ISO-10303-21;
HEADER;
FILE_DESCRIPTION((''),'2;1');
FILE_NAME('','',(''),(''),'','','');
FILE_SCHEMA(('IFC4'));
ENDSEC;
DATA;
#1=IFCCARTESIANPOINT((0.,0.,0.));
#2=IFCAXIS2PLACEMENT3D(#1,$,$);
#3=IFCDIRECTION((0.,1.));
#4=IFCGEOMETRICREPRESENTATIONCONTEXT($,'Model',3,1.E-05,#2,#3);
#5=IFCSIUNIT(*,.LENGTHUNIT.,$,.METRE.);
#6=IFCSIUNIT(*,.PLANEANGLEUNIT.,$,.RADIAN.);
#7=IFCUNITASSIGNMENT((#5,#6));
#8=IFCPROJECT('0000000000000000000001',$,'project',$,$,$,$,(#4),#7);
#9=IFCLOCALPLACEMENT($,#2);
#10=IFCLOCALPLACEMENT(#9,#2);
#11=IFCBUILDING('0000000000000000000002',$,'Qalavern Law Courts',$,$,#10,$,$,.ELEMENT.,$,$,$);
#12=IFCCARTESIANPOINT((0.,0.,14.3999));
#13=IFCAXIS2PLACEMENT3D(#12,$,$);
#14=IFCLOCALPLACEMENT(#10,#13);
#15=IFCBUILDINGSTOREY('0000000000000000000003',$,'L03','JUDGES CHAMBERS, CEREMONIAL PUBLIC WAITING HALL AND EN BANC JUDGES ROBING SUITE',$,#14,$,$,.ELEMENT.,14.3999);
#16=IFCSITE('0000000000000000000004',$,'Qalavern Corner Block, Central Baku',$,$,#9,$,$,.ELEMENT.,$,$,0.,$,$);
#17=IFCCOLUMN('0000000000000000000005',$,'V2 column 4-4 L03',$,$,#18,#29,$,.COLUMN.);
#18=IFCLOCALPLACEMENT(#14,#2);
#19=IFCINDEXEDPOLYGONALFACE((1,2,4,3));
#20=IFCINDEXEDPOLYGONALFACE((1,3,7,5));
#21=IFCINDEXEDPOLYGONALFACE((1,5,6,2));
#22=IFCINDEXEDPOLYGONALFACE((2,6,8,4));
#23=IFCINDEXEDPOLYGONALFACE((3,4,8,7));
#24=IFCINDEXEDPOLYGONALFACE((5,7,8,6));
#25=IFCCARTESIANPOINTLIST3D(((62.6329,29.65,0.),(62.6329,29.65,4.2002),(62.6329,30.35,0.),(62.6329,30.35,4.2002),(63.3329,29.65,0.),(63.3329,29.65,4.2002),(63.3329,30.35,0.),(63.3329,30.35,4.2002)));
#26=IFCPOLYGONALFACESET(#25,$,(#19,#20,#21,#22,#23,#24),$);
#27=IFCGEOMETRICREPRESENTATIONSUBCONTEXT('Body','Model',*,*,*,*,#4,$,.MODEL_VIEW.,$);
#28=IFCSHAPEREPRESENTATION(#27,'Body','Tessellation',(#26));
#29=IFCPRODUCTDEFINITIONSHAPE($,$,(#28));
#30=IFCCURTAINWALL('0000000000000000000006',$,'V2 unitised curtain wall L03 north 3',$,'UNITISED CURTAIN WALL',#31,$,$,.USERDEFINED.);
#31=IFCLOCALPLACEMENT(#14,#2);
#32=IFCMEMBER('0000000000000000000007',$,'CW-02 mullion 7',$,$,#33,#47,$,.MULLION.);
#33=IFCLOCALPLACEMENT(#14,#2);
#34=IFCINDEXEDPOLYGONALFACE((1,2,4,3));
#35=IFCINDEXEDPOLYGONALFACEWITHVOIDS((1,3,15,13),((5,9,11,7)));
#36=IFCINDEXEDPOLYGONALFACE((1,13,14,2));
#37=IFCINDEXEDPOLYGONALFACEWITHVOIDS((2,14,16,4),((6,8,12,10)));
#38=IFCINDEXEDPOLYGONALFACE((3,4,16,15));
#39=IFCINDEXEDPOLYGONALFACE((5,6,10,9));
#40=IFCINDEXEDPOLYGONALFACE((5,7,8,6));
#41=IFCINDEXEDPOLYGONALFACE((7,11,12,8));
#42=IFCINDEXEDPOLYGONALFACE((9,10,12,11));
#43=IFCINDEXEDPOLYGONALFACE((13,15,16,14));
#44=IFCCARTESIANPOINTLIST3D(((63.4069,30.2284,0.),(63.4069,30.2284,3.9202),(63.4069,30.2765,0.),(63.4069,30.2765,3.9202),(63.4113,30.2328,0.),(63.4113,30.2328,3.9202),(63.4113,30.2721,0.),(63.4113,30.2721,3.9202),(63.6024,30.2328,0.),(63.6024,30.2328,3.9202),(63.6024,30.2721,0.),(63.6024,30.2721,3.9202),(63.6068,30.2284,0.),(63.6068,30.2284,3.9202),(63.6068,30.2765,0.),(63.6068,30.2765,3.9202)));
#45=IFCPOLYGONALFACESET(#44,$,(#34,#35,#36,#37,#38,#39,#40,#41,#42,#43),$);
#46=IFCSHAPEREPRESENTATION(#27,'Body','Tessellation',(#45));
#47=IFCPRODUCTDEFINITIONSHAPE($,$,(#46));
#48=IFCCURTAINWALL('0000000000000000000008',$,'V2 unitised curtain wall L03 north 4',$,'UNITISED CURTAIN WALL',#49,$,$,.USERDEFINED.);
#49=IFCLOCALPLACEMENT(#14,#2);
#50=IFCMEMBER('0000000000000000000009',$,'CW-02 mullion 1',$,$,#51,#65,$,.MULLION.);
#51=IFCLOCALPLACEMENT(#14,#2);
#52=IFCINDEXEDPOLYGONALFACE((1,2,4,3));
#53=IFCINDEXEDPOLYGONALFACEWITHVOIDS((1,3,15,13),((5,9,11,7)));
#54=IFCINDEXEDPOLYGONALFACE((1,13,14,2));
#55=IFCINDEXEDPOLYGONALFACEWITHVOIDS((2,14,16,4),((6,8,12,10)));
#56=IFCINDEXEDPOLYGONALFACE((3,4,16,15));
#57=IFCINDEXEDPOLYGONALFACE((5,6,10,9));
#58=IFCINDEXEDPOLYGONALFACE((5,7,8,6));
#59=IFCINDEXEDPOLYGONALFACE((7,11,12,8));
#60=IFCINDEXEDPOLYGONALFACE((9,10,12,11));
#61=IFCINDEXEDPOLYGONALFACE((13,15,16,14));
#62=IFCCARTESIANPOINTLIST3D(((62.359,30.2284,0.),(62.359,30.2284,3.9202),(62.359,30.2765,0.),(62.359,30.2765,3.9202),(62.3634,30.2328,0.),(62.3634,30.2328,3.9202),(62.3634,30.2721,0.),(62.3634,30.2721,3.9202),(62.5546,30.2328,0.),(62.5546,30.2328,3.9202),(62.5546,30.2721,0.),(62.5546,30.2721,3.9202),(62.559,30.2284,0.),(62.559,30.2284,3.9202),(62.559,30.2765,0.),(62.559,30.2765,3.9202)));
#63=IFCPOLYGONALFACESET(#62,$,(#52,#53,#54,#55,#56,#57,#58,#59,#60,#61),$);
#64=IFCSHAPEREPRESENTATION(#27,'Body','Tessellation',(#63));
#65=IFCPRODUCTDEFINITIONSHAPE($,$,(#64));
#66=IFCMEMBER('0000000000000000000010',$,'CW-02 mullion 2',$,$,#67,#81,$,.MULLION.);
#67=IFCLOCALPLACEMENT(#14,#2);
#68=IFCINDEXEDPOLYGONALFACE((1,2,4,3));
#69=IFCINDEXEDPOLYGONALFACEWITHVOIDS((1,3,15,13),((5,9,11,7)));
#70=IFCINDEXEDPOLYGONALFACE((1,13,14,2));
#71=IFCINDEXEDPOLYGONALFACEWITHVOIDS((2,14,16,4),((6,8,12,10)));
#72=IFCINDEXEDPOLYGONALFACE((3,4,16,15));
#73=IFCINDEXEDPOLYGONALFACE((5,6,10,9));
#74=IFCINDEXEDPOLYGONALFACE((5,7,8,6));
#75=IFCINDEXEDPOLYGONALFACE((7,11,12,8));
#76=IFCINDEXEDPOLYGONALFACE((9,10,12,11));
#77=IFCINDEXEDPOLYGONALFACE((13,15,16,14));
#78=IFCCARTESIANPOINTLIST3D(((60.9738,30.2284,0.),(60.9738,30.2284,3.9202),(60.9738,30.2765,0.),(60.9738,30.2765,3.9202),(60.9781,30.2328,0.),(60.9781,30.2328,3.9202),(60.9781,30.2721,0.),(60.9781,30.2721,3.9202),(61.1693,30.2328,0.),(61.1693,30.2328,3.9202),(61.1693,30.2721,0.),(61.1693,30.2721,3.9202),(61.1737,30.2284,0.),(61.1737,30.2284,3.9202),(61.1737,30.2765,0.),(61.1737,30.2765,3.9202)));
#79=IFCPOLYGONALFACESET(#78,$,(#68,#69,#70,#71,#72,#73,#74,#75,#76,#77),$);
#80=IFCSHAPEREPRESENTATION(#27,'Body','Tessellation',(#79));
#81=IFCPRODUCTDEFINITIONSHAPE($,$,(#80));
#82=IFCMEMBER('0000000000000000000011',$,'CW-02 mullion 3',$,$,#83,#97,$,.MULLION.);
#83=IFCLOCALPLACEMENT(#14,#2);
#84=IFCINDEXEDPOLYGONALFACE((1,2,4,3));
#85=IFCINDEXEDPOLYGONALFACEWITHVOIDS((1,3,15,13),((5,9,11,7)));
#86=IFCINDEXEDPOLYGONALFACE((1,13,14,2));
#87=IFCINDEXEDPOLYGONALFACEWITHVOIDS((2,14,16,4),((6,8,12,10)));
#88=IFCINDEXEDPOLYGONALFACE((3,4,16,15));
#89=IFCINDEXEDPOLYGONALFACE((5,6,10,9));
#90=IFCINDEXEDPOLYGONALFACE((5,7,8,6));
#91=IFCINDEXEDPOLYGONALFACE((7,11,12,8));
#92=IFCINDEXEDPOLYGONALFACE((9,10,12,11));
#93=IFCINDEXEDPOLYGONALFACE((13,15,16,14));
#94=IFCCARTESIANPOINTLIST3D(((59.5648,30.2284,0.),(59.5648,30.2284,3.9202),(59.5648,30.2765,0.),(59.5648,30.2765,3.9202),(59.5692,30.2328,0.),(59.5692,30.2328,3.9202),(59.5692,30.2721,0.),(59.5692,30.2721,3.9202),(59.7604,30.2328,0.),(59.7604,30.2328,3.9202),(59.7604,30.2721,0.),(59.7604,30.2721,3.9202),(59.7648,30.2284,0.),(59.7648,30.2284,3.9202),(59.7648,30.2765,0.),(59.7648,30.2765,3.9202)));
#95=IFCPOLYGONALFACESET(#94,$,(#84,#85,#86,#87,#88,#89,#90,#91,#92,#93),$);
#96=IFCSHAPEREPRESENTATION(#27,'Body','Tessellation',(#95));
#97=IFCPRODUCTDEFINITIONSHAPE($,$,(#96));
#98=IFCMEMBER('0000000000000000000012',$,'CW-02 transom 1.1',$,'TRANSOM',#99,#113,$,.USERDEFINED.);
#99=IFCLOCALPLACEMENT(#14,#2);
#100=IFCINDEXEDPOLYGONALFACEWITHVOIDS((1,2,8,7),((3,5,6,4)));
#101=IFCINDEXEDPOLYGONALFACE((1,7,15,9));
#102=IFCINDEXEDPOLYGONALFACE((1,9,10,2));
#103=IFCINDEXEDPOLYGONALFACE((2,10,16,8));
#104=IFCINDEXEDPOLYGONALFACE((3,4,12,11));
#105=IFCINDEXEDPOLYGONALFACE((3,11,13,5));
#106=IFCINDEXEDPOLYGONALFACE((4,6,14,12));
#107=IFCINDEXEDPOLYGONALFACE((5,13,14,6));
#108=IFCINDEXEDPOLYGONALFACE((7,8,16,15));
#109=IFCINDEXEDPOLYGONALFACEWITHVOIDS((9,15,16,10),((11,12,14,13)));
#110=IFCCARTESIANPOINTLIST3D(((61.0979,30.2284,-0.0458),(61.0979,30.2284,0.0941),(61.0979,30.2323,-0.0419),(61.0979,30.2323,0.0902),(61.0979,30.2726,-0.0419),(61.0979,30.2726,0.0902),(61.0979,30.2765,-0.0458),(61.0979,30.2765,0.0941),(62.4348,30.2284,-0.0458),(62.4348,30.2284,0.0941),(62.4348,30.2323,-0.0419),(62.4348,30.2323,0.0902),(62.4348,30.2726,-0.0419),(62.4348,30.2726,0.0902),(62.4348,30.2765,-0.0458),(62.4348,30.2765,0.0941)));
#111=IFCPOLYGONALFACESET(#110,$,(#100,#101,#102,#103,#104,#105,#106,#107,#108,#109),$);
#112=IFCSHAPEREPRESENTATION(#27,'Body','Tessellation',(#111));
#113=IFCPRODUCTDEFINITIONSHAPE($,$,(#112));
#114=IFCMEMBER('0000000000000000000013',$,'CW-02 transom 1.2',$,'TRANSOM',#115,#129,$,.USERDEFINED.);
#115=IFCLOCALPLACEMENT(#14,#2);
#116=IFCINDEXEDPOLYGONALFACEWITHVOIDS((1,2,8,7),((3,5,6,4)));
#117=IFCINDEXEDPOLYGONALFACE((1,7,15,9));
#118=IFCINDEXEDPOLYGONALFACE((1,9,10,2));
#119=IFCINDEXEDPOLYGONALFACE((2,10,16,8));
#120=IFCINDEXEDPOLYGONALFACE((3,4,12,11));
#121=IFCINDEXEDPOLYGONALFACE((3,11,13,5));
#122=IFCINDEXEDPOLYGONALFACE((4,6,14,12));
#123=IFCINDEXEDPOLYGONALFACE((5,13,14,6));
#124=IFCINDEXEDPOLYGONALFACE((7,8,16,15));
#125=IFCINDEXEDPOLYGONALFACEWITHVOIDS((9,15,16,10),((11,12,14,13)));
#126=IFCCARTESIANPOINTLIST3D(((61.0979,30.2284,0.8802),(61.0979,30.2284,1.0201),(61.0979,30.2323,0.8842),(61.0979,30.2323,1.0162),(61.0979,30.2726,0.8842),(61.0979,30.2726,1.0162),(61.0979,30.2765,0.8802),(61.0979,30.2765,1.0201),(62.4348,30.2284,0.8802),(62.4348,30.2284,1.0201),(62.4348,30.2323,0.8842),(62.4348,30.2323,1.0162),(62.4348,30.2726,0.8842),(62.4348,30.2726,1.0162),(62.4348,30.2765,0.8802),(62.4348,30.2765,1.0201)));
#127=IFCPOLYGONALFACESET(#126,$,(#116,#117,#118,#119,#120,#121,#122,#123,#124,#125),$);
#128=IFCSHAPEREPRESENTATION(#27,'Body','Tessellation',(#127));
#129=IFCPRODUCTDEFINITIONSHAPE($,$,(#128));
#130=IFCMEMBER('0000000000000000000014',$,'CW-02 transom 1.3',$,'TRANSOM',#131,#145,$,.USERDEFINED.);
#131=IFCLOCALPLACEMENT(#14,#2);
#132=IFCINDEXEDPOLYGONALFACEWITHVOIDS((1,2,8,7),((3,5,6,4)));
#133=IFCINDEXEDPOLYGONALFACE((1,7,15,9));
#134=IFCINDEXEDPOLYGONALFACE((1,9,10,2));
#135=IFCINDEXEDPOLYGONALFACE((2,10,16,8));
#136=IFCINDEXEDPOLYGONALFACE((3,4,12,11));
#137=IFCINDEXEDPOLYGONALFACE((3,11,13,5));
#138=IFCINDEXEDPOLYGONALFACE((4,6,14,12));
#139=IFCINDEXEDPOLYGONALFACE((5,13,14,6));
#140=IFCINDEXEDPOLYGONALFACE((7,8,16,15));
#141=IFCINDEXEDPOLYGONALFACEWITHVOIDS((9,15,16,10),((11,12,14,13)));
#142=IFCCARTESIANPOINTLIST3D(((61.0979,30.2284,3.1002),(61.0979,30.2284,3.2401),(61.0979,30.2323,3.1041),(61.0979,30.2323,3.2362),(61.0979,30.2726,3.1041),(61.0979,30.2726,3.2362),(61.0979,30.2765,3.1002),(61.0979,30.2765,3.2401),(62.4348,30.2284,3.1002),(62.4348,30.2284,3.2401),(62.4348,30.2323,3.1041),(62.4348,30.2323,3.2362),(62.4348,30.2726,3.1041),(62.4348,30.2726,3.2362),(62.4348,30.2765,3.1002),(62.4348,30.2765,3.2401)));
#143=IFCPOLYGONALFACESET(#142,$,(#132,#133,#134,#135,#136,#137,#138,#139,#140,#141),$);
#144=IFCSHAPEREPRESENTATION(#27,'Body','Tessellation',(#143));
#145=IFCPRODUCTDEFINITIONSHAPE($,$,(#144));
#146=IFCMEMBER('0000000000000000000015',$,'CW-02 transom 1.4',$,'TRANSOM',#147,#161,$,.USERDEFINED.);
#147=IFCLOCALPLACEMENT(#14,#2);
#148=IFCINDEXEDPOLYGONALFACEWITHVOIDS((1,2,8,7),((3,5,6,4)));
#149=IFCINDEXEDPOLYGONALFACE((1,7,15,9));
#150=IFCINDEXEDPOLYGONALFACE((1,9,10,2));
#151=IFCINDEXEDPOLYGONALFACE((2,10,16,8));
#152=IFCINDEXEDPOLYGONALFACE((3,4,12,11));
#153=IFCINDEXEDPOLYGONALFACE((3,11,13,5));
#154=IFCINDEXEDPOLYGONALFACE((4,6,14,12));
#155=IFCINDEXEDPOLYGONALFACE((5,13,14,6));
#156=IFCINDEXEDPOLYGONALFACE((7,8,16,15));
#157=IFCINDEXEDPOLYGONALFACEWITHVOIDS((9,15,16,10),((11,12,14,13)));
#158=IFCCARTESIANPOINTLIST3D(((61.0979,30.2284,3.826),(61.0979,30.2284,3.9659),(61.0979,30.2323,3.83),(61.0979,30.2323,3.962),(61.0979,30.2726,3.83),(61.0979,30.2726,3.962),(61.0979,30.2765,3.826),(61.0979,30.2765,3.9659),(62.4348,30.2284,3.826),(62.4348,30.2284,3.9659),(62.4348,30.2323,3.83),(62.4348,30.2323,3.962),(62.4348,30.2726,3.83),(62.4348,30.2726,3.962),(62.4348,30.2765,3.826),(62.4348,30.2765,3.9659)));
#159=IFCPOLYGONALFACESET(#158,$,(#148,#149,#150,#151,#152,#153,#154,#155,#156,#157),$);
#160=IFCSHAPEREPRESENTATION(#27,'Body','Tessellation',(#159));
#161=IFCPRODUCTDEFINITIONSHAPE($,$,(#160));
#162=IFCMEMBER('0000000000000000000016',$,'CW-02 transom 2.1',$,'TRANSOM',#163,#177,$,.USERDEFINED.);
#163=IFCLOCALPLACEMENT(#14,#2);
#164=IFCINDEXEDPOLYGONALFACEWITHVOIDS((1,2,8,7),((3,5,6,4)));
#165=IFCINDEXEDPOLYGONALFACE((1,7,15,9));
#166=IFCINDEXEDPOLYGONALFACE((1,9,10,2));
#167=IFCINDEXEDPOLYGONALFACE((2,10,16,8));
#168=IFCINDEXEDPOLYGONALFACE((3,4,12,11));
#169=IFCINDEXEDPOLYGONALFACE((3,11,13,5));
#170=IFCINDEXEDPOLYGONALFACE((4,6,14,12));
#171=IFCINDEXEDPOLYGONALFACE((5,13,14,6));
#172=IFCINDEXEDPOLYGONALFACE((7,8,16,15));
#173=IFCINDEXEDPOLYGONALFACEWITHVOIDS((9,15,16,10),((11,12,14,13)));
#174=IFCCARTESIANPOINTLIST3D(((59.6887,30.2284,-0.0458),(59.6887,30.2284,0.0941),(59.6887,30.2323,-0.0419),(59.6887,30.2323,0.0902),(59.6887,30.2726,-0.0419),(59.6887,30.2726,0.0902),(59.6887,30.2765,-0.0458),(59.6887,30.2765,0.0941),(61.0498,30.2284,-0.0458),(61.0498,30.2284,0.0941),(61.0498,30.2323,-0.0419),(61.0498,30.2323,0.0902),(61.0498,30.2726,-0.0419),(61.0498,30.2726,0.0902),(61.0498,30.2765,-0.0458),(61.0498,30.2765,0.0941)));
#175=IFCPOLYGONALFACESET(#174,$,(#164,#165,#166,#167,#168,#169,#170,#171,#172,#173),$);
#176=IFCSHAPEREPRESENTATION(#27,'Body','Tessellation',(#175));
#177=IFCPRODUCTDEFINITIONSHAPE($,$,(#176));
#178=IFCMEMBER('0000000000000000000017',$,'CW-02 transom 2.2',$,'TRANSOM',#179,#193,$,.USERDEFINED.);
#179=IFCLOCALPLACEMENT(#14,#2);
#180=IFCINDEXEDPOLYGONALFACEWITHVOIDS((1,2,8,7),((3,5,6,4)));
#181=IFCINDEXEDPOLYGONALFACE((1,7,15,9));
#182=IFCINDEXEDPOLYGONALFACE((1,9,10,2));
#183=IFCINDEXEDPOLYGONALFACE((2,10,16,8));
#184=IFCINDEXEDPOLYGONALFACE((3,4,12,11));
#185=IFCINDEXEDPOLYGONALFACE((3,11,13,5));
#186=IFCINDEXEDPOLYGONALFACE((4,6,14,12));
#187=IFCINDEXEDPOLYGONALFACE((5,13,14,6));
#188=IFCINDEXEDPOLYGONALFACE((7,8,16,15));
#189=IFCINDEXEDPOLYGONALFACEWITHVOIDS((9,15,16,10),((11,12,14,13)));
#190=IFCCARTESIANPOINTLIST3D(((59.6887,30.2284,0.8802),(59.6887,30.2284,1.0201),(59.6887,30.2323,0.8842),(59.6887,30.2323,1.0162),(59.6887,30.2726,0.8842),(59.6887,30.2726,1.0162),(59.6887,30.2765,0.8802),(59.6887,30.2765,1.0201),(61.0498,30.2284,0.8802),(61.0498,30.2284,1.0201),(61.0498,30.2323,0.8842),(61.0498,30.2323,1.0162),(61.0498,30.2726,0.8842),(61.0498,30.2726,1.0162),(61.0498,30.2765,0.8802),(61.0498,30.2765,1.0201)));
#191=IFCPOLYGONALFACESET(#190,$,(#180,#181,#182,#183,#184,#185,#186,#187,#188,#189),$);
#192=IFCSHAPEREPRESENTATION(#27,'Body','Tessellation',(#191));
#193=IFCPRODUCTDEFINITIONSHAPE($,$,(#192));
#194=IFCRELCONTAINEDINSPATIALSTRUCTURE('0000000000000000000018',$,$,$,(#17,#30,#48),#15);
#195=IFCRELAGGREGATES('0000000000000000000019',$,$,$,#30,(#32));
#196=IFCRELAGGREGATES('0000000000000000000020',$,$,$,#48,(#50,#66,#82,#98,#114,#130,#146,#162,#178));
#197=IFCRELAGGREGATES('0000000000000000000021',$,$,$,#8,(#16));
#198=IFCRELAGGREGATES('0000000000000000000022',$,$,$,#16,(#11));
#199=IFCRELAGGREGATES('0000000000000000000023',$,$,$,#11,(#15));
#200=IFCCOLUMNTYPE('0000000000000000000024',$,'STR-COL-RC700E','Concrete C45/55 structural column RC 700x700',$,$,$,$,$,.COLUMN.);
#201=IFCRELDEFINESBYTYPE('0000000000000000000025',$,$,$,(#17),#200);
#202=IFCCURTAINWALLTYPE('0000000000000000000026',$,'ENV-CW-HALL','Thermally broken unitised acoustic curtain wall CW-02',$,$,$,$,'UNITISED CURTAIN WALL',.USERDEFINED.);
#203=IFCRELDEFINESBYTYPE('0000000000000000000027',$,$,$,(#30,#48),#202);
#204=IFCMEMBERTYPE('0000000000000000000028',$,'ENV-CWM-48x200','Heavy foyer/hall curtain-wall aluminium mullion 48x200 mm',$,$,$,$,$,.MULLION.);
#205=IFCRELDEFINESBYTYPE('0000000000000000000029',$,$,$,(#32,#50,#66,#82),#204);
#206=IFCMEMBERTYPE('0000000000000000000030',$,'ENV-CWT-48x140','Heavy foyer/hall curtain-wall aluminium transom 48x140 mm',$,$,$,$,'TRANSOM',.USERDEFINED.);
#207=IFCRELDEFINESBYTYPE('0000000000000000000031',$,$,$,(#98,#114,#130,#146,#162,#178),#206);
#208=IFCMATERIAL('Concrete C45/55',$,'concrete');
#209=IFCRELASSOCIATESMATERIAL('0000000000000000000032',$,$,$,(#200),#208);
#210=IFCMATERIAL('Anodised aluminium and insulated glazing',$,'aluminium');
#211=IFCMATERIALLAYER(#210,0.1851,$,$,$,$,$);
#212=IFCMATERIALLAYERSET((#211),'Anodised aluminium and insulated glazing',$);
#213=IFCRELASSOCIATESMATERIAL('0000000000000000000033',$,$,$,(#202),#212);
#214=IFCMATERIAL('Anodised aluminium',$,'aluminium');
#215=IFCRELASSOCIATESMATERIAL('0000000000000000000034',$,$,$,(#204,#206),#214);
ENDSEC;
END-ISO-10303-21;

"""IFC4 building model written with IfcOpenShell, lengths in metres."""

from ifc_helpers import new_model, si_unit, direction, frame, origin, origin_2d, place, context, subcontext, project, spatial, rectangle, hollow_rectangle, extrude, material, layer, layer_set, material_profile, profile_set, type_object, element, aggregate, save


model = new_model("IFC4")

# Units and contexts
model_context = context("Model", 3, precision=1e-05, world=origin(), true_north=direction((0.0, 1.0)))
body_context = subcontext(model_context, "Body", "Model", "MODEL_VIEW")
ifc_project = project(units=[si_unit("LENGTHUNIT", "METRE"), si_unit("PLANEANGLEUNIT", "RADIAN")], contexts=[model_context])

# Site, building, storey
site_placement = place(None, origin())
site = spatial("IfcSite", under=ifc_project, at=site_placement, Name="Qalavern Corner Block, Central Baku", CompositionType="ELEMENT", RefElevation=0.0)
building_placement = place(site_placement, origin())
building = spatial("IfcBuilding", under=site, at=building_placement, Name="Qalavern Law Courts", CompositionType="ELEMENT")
storey_placement = place(building_placement, frame((0.0, 0.0, 14.3999)))
storey = spatial("IfcBuildingStorey", under=building, at=storey_placement, Name="L03", Description="JUDGES CHAMBERS, CEREMONIAL PUBLIC WAITING HALL AND EN BANC JUDGES ROBING SUITE", CompositionType="ELEMENT", Elevation=14.3999)

# Column
ifc_material_1 = material(Name="Concrete C45/55", Category="concrete")
ifc_material_profile_1 = material_profile(ifc_material_1, rectangle(XDim=0.7, YDim=0.7, at=origin_2d()), Name="RC 700x700")
ifc_profile_set_1 = profile_set([ifc_material_profile_1], Name="Concrete C45/55")
column_type = type_object("IfcColumnType", Name="STR-COL-RC700E", Description="Concrete C45/55 structural column RC 700x700", PredefinedType="COLUMN", material=ifc_profile_set_1)
column_placement = place(storey_placement, frame((62.9829, 30.0, 0.0), z_axis=(0.0, 0.0, 1.0), x_axis=(1.0, 0.0, 0.0)))
element("IfcColumn", 1, at=column_placement, inside=storey, type_object=column_type, Name="V2 column 4-4 L03", PredefinedType="COLUMN", context=body_context, shape_type="SweptSolid", body=[
    extrude(rectangle(XDim=0.7, YDim=0.7, at=origin_2d()), origin(), (0.0, 0.0, 1.0), 4.2002),
])

# Curtain wall, member
ifc_material_2 = material(Name="Anodised aluminium and insulated glazing", Category="aluminium")
ifc_layer_1 = layer(ifc_material_2, 0.1851)
ifc_layer_set_1 = layer_set([ifc_layer_1], Name="Anodised aluminium and insulated glazing")
curtain_wall_type = type_object("IfcCurtainWallType", Name="ENV-CW-HALL", Description="Thermally broken unitised acoustic curtain wall CW-02", ElementType="UNITISED CURTAIN WALL", PredefinedType="USERDEFINED", material=ifc_layer_set_1)
curtain_wall_1_placement = place(storey_placement, origin())
curtain_wall_1 = element("IfcCurtainWall", 2, at=curtain_wall_1_placement, inside=storey, type_object=curtain_wall_type, Name="V2 unitised curtain wall L03 north 3", ObjectType="UNITISED CURTAIN WALL", PredefinedType="USERDEFINED")
ifc_material_3 = material(Name="Anodised aluminium", Category="aluminium")
ifc_material_profile_2 = material_profile(ifc_material_3, hollow_rectangle(XDim=0.0481, YDim=0.2, WallThickness=0.0044, at=origin_2d()), Name="ALU MULLION 48x200")
ifc_profile_set_2 = profile_set([ifc_material_profile_2], Name="Anodised aluminium")
member_type_1 = type_object("IfcMemberType", Name="ENV-CWM-48x200", Description="Heavy foyer/hall curtain-wall aluminium mullion 48x200 mm", PredefinedType="MULLION", material=ifc_profile_set_2)
member_1_placement = place(storey_placement, frame((63.5068, 30.2524, 0.0), z_axis=(0.0, 0.0, 1.0), x_axis=(0.0, -1.0, 0.0)))
member_1 = element("IfcMember", 3, at=member_1_placement, type_object=member_type_1, Name="CW-02 mullion 7", PredefinedType="MULLION", context=body_context, shape_type="SweptSolid", body=[
    extrude(hollow_rectangle(XDim=0.0481, YDim=0.2, WallThickness=0.0044, at=origin_2d()), origin(), (0.0, 0.0, 1.0), 3.9202),
])

# Curtain wall, members
curtain_wall_2_placement = place(storey_placement, origin())
curtain_wall_2 = element("IfcCurtainWall", 4, at=curtain_wall_2_placement, inside=storey, type_object=curtain_wall_type, Name="V2 unitised curtain wall L03 north 4", ObjectType="UNITISED CURTAIN WALL", PredefinedType="USERDEFINED")
member_2_placement = place(storey_placement, frame((62.459, 30.2524, 0.0), z_axis=(0.0, 0.0, 1.0), x_axis=(0.0, -1.0, 0.0)))
member_2 = element("IfcMember", 5, at=member_2_placement, type_object=member_type_1, Name="CW-02 mullion 1", PredefinedType="MULLION", context=body_context, shape_type="SweptSolid", body=[
    extrude(hollow_rectangle(XDim=0.0481, YDim=0.2, WallThickness=0.0044, at=origin_2d()), origin(), (0.0, 0.0, 1.0), 3.9202),
])
member_3_placement = place(storey_placement, frame((61.0737, 30.2524, 0.0), z_axis=(0.0, 0.0, 1.0), x_axis=(0.0, -1.0, 0.0)))
member_3 = element("IfcMember", 6, at=member_3_placement, type_object=member_type_1, Name="CW-02 mullion 2", PredefinedType="MULLION", context=body_context, shape_type="SweptSolid", body=[
    extrude(hollow_rectangle(XDim=0.0481, YDim=0.2, WallThickness=0.0044, at=origin_2d()), origin(), (0.0, 0.0, 1.0), 3.9202),
])
member_4_placement = place(storey_placement, frame((59.6648, 30.2524, 0.0), z_axis=(0.0, 0.0, 1.0), x_axis=(0.0, -1.0, 0.0)))
member_4 = element("IfcMember", 7, at=member_4_placement, type_object=member_type_1, Name="CW-02 mullion 3", PredefinedType="MULLION", context=body_context, shape_type="SweptSolid", body=[
    extrude(hollow_rectangle(XDim=0.0481, YDim=0.2, WallThickness=0.0044, at=origin_2d()), origin(), (0.0, 0.0, 1.0), 3.9202),
])
ifc_material_profile_3 = material_profile(ifc_material_3, hollow_rectangle(XDim=0.0481, YDim=0.1399, WallThickness=0.0039, at=origin_2d()), Name="ALU TRANSOM 48x140")
ifc_profile_set_3 = profile_set([ifc_material_profile_3], Name="Anodised aluminium")
member_type_2 = type_object("IfcMemberType", Name="ENV-CWT-48x140", Description="Heavy foyer/hall curtain-wall aluminium transom 48x140 mm", ElementType="TRANSOM", PredefinedType="USERDEFINED", material=ifc_profile_set_3)
member_5_placement = place(storey_placement, frame((62.4348, 30.2524, 0.0242), z_axis=(-1.0, 0.0, 0.0), x_axis=(0.0, -1.0, 0.0)))
member_5 = element("IfcMember", 8, at=member_5_placement, type_object=member_type_2, Name="CW-02 transom 1.1", ObjectType="TRANSOM", PredefinedType="USERDEFINED", context=body_context, shape_type="SweptSolid", body=[
    extrude(hollow_rectangle(XDim=0.0481, YDim=0.1399, WallThickness=0.0039, at=origin_2d()), origin(), (0.0, 0.0, 1.0), 1.3369),
])
member_6_placement = place(storey_placement, frame((62.4348, 30.2524, 0.9502), z_axis=(-1.0, 0.0, 0.0), x_axis=(0.0, -1.0, 0.0)))
member_6 = element("IfcMember", 9, at=member_6_placement, type_object=member_type_2, Name="CW-02 transom 1.2", ObjectType="TRANSOM", PredefinedType="USERDEFINED", context=body_context, shape_type="SweptSolid", body=[
    extrude(hollow_rectangle(XDim=0.0481, YDim=0.1399, WallThickness=0.0039, at=origin_2d()), origin(), (0.0, 0.0, 1.0), 1.3369),
])
member_7_placement = place(storey_placement, frame((62.4348, 30.2524, 3.1702), z_axis=(-1.0, 0.0, 0.0), x_axis=(0.0, -1.0, 0.0)))
member_7 = element("IfcMember", 10, at=member_7_placement, type_object=member_type_2, Name="CW-02 transom 1.3", ObjectType="TRANSOM", PredefinedType="USERDEFINED", context=body_context, shape_type="SweptSolid", body=[
    extrude(hollow_rectangle(XDim=0.0481, YDim=0.1399, WallThickness=0.0039, at=origin_2d()), origin(), (0.0, 0.0, 1.0), 1.3369),
])
member_8_placement = place(storey_placement, frame((62.4348, 30.2524, 3.896), z_axis=(-1.0, 0.0, 0.0), x_axis=(0.0, -1.0, 0.0)))
member_8 = element("IfcMember", 11, at=member_8_placement, type_object=member_type_2, Name="CW-02 transom 1.4", ObjectType="TRANSOM", PredefinedType="USERDEFINED", context=body_context, shape_type="SweptSolid", body=[
    extrude(hollow_rectangle(XDim=0.0481, YDim=0.1399, WallThickness=0.0039, at=origin_2d()), origin(), (0.0, 0.0, 1.0), 1.3369),
])
member_9_placement = place(storey_placement, frame((61.0498, 30.2524, 0.0242), z_axis=(-1.0, 0.0, 0.0), x_axis=(0.0, -1.0, 0.0)))
member_9 = element("IfcMember", 12, at=member_9_placement, type_object=member_type_2, Name="CW-02 transom 2.1", ObjectType="TRANSOM", PredefinedType="USERDEFINED", context=body_context, shape_type="SweptSolid", body=[
    extrude(hollow_rectangle(XDim=0.0481, YDim=0.1399, WallThickness=0.0039, at=origin_2d()), origin(), (0.0, 0.0, 1.0), 1.3611),
])
member_10_placement = place(storey_placement, frame((61.0498, 30.2524, 0.9502), z_axis=(-1.0, 0.0, 0.0), x_axis=(0.0, -1.0, 0.0)))
member_10 = element("IfcMember", 13, at=member_10_placement, type_object=member_type_2, Name="CW-02 transom 2.2", ObjectType="TRANSOM", PredefinedType="USERDEFINED", context=body_context, shape_type="SweptSolid", body=[
    extrude(hollow_rectangle(XDim=0.0481, YDim=0.1399, WallThickness=0.0039, at=origin_2d()), origin(), (0.0, 0.0, 1.0), 1.3611),
])

aggregate(curtain_wall_1, [member_1])
aggregate(curtain_wall_2, [member_2, member_3, member_4, member_5, member_6, member_7, member_8, member_9, member_10])

save(model, "model.ifc")
